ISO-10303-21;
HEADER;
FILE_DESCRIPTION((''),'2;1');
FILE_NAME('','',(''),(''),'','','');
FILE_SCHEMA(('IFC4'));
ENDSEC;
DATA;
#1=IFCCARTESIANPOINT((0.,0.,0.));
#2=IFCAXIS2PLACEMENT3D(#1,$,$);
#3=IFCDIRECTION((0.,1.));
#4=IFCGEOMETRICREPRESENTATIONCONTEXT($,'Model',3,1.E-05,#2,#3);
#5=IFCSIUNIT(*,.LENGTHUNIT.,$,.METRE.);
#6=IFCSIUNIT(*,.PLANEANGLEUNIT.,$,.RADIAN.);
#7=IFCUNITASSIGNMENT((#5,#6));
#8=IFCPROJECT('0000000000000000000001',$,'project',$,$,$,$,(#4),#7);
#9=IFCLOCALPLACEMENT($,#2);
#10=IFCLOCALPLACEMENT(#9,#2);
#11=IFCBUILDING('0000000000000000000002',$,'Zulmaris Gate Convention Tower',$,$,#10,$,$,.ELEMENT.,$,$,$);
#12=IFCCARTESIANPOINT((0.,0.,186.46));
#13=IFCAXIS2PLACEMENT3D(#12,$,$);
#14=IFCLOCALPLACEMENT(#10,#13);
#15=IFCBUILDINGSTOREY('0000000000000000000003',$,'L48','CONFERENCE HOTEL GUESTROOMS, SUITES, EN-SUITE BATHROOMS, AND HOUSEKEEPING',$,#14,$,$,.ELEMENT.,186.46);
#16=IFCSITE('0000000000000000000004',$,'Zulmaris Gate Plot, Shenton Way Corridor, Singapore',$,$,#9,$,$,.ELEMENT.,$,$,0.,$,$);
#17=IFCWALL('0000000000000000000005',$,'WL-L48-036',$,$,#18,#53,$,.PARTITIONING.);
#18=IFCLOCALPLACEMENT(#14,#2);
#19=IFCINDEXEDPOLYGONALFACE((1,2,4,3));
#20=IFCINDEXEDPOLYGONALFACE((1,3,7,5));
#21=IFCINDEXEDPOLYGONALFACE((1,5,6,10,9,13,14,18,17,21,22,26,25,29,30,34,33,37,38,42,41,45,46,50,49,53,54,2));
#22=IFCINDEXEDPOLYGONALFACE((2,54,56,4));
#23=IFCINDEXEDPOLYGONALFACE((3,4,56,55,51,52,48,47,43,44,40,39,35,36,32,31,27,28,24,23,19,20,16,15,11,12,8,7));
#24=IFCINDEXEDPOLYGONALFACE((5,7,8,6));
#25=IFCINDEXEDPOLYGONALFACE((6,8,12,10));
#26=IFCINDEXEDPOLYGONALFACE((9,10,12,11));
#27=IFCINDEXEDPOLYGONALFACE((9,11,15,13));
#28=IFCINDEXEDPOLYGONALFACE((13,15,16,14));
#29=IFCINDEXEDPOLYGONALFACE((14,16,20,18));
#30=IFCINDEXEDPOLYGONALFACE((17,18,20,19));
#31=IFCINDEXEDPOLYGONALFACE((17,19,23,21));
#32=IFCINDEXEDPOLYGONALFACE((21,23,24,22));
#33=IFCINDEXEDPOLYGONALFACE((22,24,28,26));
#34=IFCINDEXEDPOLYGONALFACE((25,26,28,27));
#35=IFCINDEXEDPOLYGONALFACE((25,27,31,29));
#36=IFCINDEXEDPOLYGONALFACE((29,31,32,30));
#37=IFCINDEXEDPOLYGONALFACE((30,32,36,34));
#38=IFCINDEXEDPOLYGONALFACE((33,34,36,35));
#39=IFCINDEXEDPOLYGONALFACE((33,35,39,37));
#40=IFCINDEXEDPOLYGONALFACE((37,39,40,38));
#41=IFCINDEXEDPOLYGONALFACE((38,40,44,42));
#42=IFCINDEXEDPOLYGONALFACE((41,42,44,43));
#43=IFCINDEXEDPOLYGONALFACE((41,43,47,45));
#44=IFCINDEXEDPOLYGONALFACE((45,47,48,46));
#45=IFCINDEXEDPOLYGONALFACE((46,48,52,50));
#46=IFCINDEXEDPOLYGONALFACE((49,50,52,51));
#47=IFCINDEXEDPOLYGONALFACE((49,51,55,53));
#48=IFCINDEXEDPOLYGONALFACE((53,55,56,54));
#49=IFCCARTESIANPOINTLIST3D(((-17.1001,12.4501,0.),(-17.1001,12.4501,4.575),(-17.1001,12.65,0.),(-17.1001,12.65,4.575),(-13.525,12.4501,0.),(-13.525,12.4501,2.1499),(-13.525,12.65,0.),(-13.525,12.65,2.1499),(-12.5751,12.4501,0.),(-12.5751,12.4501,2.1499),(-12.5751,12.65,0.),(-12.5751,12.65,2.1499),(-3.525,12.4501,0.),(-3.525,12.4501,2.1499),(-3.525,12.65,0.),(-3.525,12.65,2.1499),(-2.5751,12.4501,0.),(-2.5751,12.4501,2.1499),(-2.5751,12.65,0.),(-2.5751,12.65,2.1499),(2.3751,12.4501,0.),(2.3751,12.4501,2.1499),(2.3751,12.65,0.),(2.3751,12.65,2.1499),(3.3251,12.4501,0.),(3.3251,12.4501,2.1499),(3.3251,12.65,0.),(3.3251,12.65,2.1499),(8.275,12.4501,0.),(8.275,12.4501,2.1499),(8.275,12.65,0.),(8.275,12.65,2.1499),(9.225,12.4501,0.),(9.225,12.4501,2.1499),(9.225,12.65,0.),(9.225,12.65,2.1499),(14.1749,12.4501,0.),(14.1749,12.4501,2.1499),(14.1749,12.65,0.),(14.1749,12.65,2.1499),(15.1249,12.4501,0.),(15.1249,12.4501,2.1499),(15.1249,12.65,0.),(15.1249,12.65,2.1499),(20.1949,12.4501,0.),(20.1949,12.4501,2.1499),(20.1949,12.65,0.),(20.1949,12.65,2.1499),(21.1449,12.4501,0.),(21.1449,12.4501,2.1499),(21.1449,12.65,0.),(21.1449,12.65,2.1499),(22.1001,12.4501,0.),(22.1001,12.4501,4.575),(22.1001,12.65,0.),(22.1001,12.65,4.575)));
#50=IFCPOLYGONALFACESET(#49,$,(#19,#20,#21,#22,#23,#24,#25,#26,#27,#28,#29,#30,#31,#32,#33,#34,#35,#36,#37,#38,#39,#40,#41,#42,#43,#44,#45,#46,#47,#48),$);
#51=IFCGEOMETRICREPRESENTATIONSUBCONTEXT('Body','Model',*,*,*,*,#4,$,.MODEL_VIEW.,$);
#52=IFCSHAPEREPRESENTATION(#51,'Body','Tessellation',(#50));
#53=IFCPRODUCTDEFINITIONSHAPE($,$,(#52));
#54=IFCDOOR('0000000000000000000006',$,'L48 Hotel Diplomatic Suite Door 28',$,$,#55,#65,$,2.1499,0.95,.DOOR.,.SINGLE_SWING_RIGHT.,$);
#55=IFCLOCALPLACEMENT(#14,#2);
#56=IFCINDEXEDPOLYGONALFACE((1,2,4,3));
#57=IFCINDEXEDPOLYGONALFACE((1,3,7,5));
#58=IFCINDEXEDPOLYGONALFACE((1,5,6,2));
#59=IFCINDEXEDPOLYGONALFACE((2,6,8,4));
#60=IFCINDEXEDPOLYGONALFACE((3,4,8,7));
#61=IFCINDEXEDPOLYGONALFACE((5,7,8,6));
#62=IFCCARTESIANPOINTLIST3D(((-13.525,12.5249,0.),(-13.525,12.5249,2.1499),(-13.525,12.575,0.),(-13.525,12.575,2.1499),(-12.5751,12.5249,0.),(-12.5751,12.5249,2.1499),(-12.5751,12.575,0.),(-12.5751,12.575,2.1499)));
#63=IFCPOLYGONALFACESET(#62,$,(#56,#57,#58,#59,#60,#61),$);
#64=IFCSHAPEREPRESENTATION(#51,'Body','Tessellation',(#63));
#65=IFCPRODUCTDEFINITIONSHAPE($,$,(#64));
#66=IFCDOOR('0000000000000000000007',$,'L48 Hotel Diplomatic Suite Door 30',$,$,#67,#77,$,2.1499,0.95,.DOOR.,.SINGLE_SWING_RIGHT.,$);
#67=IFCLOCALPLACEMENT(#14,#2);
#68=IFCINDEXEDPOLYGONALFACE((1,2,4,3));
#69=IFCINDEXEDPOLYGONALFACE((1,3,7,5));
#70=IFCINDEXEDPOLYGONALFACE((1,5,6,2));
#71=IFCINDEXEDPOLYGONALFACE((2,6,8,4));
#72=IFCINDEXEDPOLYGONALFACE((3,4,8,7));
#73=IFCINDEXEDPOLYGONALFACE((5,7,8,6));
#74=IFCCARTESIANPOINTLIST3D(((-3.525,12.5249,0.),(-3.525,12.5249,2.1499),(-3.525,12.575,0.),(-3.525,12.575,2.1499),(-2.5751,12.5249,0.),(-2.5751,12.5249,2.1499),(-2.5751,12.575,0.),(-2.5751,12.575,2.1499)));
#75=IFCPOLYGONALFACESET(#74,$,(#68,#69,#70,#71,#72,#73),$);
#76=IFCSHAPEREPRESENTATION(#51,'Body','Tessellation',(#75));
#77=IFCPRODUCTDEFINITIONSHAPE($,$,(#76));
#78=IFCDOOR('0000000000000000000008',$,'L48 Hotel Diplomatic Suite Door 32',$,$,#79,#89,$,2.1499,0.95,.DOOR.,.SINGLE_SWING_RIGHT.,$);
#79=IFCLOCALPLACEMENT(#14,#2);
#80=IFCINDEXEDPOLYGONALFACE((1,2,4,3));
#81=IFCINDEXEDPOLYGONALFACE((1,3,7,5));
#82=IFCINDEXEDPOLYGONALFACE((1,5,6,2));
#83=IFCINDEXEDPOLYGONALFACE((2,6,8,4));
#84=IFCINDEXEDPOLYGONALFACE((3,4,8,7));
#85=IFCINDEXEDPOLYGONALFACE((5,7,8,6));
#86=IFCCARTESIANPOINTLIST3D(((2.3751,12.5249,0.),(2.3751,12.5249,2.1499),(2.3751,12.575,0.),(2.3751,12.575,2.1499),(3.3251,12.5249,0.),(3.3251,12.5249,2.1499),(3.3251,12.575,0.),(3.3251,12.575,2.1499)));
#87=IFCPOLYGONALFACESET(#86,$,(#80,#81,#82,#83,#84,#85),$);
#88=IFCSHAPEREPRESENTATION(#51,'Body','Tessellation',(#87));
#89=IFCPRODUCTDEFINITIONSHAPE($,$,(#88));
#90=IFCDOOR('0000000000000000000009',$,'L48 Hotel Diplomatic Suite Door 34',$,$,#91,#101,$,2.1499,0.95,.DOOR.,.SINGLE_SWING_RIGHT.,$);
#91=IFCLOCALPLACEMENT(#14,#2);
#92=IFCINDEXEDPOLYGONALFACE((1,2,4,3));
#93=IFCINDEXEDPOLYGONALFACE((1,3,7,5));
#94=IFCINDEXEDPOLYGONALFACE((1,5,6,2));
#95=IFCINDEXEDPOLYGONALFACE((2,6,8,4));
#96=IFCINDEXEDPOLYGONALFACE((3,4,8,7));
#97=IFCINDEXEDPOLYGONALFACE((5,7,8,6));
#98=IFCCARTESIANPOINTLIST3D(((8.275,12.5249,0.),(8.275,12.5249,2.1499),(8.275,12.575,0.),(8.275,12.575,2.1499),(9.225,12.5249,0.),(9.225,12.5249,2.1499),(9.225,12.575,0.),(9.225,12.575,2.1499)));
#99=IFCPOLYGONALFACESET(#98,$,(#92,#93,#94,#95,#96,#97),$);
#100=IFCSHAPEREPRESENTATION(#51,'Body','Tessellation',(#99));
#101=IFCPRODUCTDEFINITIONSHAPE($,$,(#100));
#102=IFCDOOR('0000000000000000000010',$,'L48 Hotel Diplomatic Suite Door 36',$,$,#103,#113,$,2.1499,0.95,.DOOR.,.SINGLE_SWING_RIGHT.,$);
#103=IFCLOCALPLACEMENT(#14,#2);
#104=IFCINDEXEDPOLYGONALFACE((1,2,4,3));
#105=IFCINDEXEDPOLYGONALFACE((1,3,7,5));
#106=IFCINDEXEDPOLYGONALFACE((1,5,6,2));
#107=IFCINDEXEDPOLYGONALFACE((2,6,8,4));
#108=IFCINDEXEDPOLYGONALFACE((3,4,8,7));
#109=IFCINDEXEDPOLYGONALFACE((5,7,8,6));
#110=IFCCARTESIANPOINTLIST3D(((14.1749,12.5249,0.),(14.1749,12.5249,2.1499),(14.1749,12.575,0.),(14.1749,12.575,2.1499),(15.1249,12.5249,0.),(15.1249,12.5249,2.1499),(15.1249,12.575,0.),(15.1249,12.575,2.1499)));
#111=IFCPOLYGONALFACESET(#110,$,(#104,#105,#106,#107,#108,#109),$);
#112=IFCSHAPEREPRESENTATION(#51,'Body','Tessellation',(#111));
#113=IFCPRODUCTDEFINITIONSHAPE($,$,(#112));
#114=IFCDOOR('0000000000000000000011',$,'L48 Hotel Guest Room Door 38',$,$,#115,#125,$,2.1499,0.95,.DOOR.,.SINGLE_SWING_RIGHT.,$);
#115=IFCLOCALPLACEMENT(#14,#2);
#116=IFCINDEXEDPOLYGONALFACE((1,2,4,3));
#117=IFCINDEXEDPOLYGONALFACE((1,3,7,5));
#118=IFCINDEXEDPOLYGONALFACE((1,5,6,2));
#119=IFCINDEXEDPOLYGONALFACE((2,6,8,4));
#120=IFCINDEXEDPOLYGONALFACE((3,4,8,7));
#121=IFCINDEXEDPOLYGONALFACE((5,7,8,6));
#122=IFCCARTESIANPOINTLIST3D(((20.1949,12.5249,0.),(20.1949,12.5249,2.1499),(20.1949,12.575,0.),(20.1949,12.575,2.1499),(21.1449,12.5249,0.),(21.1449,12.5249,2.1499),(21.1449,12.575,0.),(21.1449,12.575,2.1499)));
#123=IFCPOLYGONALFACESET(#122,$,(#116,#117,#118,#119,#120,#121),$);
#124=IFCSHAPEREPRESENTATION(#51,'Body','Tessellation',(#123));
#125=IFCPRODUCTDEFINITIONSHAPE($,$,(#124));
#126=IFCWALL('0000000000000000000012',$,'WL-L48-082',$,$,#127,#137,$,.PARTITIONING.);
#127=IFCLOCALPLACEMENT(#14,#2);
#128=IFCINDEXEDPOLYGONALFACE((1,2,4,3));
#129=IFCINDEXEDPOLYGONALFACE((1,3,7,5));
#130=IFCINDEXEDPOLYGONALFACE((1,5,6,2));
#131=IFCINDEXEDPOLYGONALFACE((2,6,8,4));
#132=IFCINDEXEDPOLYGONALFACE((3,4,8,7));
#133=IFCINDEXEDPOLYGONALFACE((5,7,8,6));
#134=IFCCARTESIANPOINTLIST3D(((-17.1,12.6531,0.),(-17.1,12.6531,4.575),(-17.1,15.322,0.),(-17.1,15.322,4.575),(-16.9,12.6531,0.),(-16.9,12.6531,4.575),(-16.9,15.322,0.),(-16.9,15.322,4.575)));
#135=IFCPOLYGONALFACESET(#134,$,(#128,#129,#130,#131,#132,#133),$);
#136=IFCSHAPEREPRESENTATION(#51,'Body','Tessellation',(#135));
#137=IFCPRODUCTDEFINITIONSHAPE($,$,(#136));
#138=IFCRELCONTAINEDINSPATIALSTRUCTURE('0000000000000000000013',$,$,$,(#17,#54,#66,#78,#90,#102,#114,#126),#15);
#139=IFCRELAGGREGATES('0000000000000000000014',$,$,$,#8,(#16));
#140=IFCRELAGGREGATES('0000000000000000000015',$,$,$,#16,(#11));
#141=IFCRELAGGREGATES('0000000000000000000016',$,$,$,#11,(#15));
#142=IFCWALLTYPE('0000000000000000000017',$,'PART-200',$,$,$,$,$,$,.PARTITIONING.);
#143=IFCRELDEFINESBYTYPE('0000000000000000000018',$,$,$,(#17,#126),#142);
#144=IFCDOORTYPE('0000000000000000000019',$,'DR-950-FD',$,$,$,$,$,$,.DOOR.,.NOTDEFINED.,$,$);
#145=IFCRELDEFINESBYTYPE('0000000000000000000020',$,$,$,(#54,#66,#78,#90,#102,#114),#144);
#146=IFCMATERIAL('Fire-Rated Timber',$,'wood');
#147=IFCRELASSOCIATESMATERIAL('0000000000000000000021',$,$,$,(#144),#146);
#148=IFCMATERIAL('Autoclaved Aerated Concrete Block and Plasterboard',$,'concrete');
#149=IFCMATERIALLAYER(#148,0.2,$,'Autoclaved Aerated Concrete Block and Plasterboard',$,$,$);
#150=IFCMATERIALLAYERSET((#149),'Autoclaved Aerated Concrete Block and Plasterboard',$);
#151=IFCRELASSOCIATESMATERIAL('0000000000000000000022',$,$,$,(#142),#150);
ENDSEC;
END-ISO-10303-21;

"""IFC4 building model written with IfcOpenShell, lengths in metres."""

from ifc_helpers import new_model, si_unit, direction, frame, frame_2d, origin, place, context, subcontext, project, spatial, rectangle, extrude, material, layer, layer_set, type_object, element, fill, save


model = new_model("IFC4")

# Units and contexts
model_context = context("Model", 3, precision=1e-05, world=origin(), true_north=direction((0.0, 1.0)))
body_context = subcontext(model_context, "Body", "Model", "MODEL_VIEW")
ifc_project = project(units=[si_unit("LENGTHUNIT", "METRE"), si_unit("PLANEANGLEUNIT", "RADIAN")], contexts=[model_context])

# Site, building, storey
site_placement = place(None, origin())
site = spatial("IfcSite", under=ifc_project, at=site_placement, Name="Zulmaris Gate Plot, Shenton Way Corridor, Singapore", CompositionType="ELEMENT", RefElevation=0.0)
building_placement = place(site_placement, origin())
building = spatial("IfcBuilding", under=site, at=building_placement, Name="Zulmaris Gate Convention Tower", CompositionType="ELEMENT")
storey_placement = place(building_placement, frame((0.0, 0.0, 186.46)))
storey = spatial("IfcBuildingStorey", under=building, at=storey_placement, Name="L48", Description="CONFERENCE HOTEL GUESTROOMS, SUITES, EN-SUITE BATHROOMS, AND HOUSEKEEPING", CompositionType="ELEMENT", Elevation=186.46)

# Shared definitions
ifc_material_1 = material(Name="Fire-Rated Timber", Category="wood")
door_type_1 = type_object("IfcDoorType", Name="DR-950-FD", OperationType="NOTDEFINED", PredefinedType="DOOR", material=ifc_material_1)

# Wall, openings, doors
ifc_material_2 = material(Name="Autoclaved Aerated Concrete Block and Plasterboard", Category="concrete")
ifc_layer_1 = layer(ifc_material_2, 0.2, Name="Autoclaved Aerated Concrete Block and Plasterboard")
ifc_layer_set_1 = layer_set([ifc_layer_1], Name="Autoclaved Aerated Concrete Block and Plasterboard")
wall_type_1 = type_object("IfcWallType", Name="PART-200", PredefinedType="PARTITIONING", material=ifc_layer_set_1)
wall_1_placement = place(storey_placement, frame((-17.1001, 12.55, 0.0), z_axis=(0.0, 0.0, 1.0), x_axis=(1.0, 0.0, 0.0)))
wall_1 = element("IfcWall", 1, at=wall_1_placement, inside=storey, type_object=wall_type_1, Name="WL-L48-036", PredefinedType="PARTITIONING", context=body_context, shape_type="SweptSolid", body=[
    extrude(rectangle(XDim=39.2002, YDim=0.2, at=frame_2d((19.6001, 0.0))), origin(), (0.0, 0.0, 1.0), 4.575),
])
opening_1_placement = place(wall_1_placement, frame((3.575, 0.0, 0.0)))
opening_1 = element("IfcOpeningElement", 2, at=opening_1_placement, cuts=wall_1, PredefinedType="OPENING", context=body_context, shape_type="SweptSolid", body=[
    extrude(rectangle(XDim=0.95, YDim=2.1499, at=frame_2d((0.4751, 1.075))), frame((0.0, 0.1099, 0.0), z_axis=(0.0, -1.0, 0.0), x_axis=(1.0, 0.0, 0.0)), (0.0, 0.0, 1.0), 0.22),
])
opening_2_placement = place(wall_1_placement, frame((13.575, 0.0, 0.0)))
opening_2 = element("IfcOpeningElement", 3, at=opening_2_placement, cuts=wall_1, PredefinedType="OPENING", context=body_context, shape_type="SweptSolid", body=[
    extrude(rectangle(XDim=0.95, YDim=2.1499, at=frame_2d((0.4751, 1.075))), frame((0.0, 0.1099, 0.0), z_axis=(0.0, -1.0, 0.0), x_axis=(1.0, 0.0, 0.0)), (0.0, 0.0, 1.0), 0.22),
])
opening_3_placement = place(wall_1_placement, frame((19.4751, 0.0, 0.0)))
opening_3 = element("IfcOpeningElement", 4, at=opening_3_placement, cuts=wall_1, PredefinedType="OPENING", context=body_context, shape_type="SweptSolid", body=[
    extrude(rectangle(XDim=0.95, YDim=2.1499, at=frame_2d((0.4751, 1.075))), frame((0.0, 0.1099, 0.0), z_axis=(0.0, -1.0, 0.0), x_axis=(1.0, 0.0, 0.0)), (0.0, 0.0, 1.0), 0.22),
])
opening_4_placement = place(wall_1_placement, frame((25.375, 0.0, 0.0)))
opening_4 = element("IfcOpeningElement", 5, at=opening_4_placement, cuts=wall_1, PredefinedType="OPENING", context=body_context, shape_type="SweptSolid", body=[
    extrude(rectangle(XDim=0.95, YDim=2.1499, at=frame_2d((0.4751, 1.075))), frame((0.0, 0.1099, 0.0), z_axis=(0.0, -1.0, 0.0), x_axis=(1.0, 0.0, 0.0)), (0.0, 0.0, 1.0), 0.22),
])
opening_5_placement = place(wall_1_placement, frame((31.2749, 0.0, 0.0)))
opening_5 = element("IfcOpeningElement", 6, at=opening_5_placement, cuts=wall_1, PredefinedType="OPENING", context=body_context, shape_type="SweptSolid", body=[
    extrude(rectangle(XDim=0.95, YDim=2.1499, at=frame_2d((0.4751, 1.075))), frame((0.0, 0.1099, 0.0), z_axis=(0.0, -1.0, 0.0), x_axis=(1.0, 0.0, 0.0)), (0.0, 0.0, 1.0), 0.22),
])
opening_6_placement = place(wall_1_placement, frame((37.2949, 0.0, 0.0)))
opening_6 = element("IfcOpeningElement", 7, at=opening_6_placement, cuts=wall_1, PredefinedType="OPENING", context=body_context, shape_type="SweptSolid", body=[
    extrude(rectangle(XDim=0.95, YDim=2.1499, at=frame_2d((0.4751, 1.075))), frame((0.0, 0.1099, 0.0), z_axis=(0.0, -1.0, 0.0), x_axis=(1.0, 0.0, 0.0)), (0.0, 0.0, 1.0), 0.22),
])
door_1_placement = place(opening_1_placement, origin())
door_1 = element("IfcDoor", 8, at=door_1_placement, inside=storey, type_object=door_type_1, Name="L48 Hotel Diplomatic Suite Door 28", OperationType="SINGLE_SWING_RIGHT", OverallHeight=2.1499, OverallWidth=0.95, PredefinedType="DOOR", context=body_context, shape_type="SweptSolid", body=[
    extrude(rectangle(XDim=0.95, YDim=2.1499, at=frame_2d((0.4751, 1.075))), frame((0.0, 0.0249, 0.0), z_axis=(0.0, -1.0, 0.0), x_axis=(1.0, 0.0, 0.0)), (0.0, 0.0, 1.0), 0.05),
])
fill(opening_1, door_1)
door_2_placement = place(opening_2_placement, origin())
door_2 = element("IfcDoor", 9, at=door_2_placement, inside=storey, type_object=door_type_1, Name="L48 Hotel Diplomatic Suite Door 30", OperationType="SINGLE_SWING_RIGHT", OverallHeight=2.1499, OverallWidth=0.95, PredefinedType="DOOR", context=body_context, shape_type="SweptSolid", body=[
    extrude(rectangle(XDim=0.95, YDim=2.1499, at=frame_2d((0.4751, 1.075))), frame((0.0, 0.0249, 0.0), z_axis=(0.0, -1.0, 0.0), x_axis=(1.0, 0.0, 0.0)), (0.0, 0.0, 1.0), 0.05),
])
fill(opening_2, door_2)
door_3_placement = place(opening_3_placement, origin())
door_3 = element("IfcDoor", 10, at=door_3_placement, inside=storey, type_object=door_type_1, Name="L48 Hotel Diplomatic Suite Door 32", OperationType="SINGLE_SWING_RIGHT", OverallHeight=2.1499, OverallWidth=0.95, PredefinedType="DOOR", context=body_context, shape_type="SweptSolid", body=[
    extrude(rectangle(XDim=0.95, YDim=2.1499, at=frame_2d((0.4751, 1.075))), frame((0.0, 0.0249, 0.0), z_axis=(0.0, -1.0, 0.0), x_axis=(1.0, 0.0, 0.0)), (0.0, 0.0, 1.0), 0.05),
])
fill(opening_3, door_3)
door_4_placement = place(opening_4_placement, origin())
door_4 = element("IfcDoor", 11, at=door_4_placement, inside=storey, type_object=door_type_1, Name="L48 Hotel Diplomatic Suite Door 34", OperationType="SINGLE_SWING_RIGHT", OverallHeight=2.1499, OverallWidth=0.95, PredefinedType="DOOR", context=body_context, shape_type="SweptSolid", body=[
    extrude(rectangle(XDim=0.95, YDim=2.1499, at=frame_2d((0.4751, 1.075))), frame((0.0, 0.0249, 0.0), z_axis=(0.0, -1.0, 0.0), x_axis=(1.0, 0.0, 0.0)), (0.0, 0.0, 1.0), 0.05),
])
fill(opening_4, door_4)
door_5_placement = place(opening_5_placement, origin())
door_5 = element("IfcDoor", 12, at=door_5_placement, inside=storey, type_object=door_type_1, Name="L48 Hotel Diplomatic Suite Door 36", OperationType="SINGLE_SWING_RIGHT", OverallHeight=2.1499, OverallWidth=0.95, PredefinedType="DOOR", context=body_context, shape_type="SweptSolid", body=[
    extrude(rectangle(XDim=0.95, YDim=2.1499, at=frame_2d((0.4751, 1.075))), frame((0.0, 0.0249, 0.0), z_axis=(0.0, -1.0, 0.0), x_axis=(1.0, 0.0, 0.0)), (0.0, 0.0, 1.0), 0.05),
])
fill(opening_5, door_5)
door_6_placement = place(opening_6_placement, origin())
door_6 = element("IfcDoor", 13, at=door_6_placement, inside=storey, type_object=door_type_1, Name="L48 Hotel Guest Room Door 38", OperationType="SINGLE_SWING_RIGHT", OverallHeight=2.1499, OverallWidth=0.95, PredefinedType="DOOR", context=body_context, shape_type="SweptSolid", body=[
    extrude(rectangle(XDim=0.95, YDim=2.1499, at=frame_2d((0.4751, 1.075))), frame((0.0, 0.0249, 0.0), z_axis=(0.0, -1.0, 0.0), x_axis=(1.0, 0.0, 0.0)), (0.0, 0.0, 1.0), 0.05),
])
fill(opening_6, door_6)

# Wall
wall_2_placement = place(storey_placement, frame((-17.0, 12.6531, 0.0), z_axis=(0.0, 0.0, 1.0), x_axis=(0.0, 1.0, 0.0)))
element("IfcWall", 14, at=wall_2_placement, inside=storey, type_object=wall_type_1, Name="WL-L48-082", PredefinedType="PARTITIONING", context=body_context, shape_type="SweptSolid", body=[
    extrude(rectangle(XDim=2.6689, YDim=0.2, at=frame_2d((1.3345, 0.0))), origin(), (0.0, 0.0, 1.0), 4.575),
])

save(model, "model.ifc")
